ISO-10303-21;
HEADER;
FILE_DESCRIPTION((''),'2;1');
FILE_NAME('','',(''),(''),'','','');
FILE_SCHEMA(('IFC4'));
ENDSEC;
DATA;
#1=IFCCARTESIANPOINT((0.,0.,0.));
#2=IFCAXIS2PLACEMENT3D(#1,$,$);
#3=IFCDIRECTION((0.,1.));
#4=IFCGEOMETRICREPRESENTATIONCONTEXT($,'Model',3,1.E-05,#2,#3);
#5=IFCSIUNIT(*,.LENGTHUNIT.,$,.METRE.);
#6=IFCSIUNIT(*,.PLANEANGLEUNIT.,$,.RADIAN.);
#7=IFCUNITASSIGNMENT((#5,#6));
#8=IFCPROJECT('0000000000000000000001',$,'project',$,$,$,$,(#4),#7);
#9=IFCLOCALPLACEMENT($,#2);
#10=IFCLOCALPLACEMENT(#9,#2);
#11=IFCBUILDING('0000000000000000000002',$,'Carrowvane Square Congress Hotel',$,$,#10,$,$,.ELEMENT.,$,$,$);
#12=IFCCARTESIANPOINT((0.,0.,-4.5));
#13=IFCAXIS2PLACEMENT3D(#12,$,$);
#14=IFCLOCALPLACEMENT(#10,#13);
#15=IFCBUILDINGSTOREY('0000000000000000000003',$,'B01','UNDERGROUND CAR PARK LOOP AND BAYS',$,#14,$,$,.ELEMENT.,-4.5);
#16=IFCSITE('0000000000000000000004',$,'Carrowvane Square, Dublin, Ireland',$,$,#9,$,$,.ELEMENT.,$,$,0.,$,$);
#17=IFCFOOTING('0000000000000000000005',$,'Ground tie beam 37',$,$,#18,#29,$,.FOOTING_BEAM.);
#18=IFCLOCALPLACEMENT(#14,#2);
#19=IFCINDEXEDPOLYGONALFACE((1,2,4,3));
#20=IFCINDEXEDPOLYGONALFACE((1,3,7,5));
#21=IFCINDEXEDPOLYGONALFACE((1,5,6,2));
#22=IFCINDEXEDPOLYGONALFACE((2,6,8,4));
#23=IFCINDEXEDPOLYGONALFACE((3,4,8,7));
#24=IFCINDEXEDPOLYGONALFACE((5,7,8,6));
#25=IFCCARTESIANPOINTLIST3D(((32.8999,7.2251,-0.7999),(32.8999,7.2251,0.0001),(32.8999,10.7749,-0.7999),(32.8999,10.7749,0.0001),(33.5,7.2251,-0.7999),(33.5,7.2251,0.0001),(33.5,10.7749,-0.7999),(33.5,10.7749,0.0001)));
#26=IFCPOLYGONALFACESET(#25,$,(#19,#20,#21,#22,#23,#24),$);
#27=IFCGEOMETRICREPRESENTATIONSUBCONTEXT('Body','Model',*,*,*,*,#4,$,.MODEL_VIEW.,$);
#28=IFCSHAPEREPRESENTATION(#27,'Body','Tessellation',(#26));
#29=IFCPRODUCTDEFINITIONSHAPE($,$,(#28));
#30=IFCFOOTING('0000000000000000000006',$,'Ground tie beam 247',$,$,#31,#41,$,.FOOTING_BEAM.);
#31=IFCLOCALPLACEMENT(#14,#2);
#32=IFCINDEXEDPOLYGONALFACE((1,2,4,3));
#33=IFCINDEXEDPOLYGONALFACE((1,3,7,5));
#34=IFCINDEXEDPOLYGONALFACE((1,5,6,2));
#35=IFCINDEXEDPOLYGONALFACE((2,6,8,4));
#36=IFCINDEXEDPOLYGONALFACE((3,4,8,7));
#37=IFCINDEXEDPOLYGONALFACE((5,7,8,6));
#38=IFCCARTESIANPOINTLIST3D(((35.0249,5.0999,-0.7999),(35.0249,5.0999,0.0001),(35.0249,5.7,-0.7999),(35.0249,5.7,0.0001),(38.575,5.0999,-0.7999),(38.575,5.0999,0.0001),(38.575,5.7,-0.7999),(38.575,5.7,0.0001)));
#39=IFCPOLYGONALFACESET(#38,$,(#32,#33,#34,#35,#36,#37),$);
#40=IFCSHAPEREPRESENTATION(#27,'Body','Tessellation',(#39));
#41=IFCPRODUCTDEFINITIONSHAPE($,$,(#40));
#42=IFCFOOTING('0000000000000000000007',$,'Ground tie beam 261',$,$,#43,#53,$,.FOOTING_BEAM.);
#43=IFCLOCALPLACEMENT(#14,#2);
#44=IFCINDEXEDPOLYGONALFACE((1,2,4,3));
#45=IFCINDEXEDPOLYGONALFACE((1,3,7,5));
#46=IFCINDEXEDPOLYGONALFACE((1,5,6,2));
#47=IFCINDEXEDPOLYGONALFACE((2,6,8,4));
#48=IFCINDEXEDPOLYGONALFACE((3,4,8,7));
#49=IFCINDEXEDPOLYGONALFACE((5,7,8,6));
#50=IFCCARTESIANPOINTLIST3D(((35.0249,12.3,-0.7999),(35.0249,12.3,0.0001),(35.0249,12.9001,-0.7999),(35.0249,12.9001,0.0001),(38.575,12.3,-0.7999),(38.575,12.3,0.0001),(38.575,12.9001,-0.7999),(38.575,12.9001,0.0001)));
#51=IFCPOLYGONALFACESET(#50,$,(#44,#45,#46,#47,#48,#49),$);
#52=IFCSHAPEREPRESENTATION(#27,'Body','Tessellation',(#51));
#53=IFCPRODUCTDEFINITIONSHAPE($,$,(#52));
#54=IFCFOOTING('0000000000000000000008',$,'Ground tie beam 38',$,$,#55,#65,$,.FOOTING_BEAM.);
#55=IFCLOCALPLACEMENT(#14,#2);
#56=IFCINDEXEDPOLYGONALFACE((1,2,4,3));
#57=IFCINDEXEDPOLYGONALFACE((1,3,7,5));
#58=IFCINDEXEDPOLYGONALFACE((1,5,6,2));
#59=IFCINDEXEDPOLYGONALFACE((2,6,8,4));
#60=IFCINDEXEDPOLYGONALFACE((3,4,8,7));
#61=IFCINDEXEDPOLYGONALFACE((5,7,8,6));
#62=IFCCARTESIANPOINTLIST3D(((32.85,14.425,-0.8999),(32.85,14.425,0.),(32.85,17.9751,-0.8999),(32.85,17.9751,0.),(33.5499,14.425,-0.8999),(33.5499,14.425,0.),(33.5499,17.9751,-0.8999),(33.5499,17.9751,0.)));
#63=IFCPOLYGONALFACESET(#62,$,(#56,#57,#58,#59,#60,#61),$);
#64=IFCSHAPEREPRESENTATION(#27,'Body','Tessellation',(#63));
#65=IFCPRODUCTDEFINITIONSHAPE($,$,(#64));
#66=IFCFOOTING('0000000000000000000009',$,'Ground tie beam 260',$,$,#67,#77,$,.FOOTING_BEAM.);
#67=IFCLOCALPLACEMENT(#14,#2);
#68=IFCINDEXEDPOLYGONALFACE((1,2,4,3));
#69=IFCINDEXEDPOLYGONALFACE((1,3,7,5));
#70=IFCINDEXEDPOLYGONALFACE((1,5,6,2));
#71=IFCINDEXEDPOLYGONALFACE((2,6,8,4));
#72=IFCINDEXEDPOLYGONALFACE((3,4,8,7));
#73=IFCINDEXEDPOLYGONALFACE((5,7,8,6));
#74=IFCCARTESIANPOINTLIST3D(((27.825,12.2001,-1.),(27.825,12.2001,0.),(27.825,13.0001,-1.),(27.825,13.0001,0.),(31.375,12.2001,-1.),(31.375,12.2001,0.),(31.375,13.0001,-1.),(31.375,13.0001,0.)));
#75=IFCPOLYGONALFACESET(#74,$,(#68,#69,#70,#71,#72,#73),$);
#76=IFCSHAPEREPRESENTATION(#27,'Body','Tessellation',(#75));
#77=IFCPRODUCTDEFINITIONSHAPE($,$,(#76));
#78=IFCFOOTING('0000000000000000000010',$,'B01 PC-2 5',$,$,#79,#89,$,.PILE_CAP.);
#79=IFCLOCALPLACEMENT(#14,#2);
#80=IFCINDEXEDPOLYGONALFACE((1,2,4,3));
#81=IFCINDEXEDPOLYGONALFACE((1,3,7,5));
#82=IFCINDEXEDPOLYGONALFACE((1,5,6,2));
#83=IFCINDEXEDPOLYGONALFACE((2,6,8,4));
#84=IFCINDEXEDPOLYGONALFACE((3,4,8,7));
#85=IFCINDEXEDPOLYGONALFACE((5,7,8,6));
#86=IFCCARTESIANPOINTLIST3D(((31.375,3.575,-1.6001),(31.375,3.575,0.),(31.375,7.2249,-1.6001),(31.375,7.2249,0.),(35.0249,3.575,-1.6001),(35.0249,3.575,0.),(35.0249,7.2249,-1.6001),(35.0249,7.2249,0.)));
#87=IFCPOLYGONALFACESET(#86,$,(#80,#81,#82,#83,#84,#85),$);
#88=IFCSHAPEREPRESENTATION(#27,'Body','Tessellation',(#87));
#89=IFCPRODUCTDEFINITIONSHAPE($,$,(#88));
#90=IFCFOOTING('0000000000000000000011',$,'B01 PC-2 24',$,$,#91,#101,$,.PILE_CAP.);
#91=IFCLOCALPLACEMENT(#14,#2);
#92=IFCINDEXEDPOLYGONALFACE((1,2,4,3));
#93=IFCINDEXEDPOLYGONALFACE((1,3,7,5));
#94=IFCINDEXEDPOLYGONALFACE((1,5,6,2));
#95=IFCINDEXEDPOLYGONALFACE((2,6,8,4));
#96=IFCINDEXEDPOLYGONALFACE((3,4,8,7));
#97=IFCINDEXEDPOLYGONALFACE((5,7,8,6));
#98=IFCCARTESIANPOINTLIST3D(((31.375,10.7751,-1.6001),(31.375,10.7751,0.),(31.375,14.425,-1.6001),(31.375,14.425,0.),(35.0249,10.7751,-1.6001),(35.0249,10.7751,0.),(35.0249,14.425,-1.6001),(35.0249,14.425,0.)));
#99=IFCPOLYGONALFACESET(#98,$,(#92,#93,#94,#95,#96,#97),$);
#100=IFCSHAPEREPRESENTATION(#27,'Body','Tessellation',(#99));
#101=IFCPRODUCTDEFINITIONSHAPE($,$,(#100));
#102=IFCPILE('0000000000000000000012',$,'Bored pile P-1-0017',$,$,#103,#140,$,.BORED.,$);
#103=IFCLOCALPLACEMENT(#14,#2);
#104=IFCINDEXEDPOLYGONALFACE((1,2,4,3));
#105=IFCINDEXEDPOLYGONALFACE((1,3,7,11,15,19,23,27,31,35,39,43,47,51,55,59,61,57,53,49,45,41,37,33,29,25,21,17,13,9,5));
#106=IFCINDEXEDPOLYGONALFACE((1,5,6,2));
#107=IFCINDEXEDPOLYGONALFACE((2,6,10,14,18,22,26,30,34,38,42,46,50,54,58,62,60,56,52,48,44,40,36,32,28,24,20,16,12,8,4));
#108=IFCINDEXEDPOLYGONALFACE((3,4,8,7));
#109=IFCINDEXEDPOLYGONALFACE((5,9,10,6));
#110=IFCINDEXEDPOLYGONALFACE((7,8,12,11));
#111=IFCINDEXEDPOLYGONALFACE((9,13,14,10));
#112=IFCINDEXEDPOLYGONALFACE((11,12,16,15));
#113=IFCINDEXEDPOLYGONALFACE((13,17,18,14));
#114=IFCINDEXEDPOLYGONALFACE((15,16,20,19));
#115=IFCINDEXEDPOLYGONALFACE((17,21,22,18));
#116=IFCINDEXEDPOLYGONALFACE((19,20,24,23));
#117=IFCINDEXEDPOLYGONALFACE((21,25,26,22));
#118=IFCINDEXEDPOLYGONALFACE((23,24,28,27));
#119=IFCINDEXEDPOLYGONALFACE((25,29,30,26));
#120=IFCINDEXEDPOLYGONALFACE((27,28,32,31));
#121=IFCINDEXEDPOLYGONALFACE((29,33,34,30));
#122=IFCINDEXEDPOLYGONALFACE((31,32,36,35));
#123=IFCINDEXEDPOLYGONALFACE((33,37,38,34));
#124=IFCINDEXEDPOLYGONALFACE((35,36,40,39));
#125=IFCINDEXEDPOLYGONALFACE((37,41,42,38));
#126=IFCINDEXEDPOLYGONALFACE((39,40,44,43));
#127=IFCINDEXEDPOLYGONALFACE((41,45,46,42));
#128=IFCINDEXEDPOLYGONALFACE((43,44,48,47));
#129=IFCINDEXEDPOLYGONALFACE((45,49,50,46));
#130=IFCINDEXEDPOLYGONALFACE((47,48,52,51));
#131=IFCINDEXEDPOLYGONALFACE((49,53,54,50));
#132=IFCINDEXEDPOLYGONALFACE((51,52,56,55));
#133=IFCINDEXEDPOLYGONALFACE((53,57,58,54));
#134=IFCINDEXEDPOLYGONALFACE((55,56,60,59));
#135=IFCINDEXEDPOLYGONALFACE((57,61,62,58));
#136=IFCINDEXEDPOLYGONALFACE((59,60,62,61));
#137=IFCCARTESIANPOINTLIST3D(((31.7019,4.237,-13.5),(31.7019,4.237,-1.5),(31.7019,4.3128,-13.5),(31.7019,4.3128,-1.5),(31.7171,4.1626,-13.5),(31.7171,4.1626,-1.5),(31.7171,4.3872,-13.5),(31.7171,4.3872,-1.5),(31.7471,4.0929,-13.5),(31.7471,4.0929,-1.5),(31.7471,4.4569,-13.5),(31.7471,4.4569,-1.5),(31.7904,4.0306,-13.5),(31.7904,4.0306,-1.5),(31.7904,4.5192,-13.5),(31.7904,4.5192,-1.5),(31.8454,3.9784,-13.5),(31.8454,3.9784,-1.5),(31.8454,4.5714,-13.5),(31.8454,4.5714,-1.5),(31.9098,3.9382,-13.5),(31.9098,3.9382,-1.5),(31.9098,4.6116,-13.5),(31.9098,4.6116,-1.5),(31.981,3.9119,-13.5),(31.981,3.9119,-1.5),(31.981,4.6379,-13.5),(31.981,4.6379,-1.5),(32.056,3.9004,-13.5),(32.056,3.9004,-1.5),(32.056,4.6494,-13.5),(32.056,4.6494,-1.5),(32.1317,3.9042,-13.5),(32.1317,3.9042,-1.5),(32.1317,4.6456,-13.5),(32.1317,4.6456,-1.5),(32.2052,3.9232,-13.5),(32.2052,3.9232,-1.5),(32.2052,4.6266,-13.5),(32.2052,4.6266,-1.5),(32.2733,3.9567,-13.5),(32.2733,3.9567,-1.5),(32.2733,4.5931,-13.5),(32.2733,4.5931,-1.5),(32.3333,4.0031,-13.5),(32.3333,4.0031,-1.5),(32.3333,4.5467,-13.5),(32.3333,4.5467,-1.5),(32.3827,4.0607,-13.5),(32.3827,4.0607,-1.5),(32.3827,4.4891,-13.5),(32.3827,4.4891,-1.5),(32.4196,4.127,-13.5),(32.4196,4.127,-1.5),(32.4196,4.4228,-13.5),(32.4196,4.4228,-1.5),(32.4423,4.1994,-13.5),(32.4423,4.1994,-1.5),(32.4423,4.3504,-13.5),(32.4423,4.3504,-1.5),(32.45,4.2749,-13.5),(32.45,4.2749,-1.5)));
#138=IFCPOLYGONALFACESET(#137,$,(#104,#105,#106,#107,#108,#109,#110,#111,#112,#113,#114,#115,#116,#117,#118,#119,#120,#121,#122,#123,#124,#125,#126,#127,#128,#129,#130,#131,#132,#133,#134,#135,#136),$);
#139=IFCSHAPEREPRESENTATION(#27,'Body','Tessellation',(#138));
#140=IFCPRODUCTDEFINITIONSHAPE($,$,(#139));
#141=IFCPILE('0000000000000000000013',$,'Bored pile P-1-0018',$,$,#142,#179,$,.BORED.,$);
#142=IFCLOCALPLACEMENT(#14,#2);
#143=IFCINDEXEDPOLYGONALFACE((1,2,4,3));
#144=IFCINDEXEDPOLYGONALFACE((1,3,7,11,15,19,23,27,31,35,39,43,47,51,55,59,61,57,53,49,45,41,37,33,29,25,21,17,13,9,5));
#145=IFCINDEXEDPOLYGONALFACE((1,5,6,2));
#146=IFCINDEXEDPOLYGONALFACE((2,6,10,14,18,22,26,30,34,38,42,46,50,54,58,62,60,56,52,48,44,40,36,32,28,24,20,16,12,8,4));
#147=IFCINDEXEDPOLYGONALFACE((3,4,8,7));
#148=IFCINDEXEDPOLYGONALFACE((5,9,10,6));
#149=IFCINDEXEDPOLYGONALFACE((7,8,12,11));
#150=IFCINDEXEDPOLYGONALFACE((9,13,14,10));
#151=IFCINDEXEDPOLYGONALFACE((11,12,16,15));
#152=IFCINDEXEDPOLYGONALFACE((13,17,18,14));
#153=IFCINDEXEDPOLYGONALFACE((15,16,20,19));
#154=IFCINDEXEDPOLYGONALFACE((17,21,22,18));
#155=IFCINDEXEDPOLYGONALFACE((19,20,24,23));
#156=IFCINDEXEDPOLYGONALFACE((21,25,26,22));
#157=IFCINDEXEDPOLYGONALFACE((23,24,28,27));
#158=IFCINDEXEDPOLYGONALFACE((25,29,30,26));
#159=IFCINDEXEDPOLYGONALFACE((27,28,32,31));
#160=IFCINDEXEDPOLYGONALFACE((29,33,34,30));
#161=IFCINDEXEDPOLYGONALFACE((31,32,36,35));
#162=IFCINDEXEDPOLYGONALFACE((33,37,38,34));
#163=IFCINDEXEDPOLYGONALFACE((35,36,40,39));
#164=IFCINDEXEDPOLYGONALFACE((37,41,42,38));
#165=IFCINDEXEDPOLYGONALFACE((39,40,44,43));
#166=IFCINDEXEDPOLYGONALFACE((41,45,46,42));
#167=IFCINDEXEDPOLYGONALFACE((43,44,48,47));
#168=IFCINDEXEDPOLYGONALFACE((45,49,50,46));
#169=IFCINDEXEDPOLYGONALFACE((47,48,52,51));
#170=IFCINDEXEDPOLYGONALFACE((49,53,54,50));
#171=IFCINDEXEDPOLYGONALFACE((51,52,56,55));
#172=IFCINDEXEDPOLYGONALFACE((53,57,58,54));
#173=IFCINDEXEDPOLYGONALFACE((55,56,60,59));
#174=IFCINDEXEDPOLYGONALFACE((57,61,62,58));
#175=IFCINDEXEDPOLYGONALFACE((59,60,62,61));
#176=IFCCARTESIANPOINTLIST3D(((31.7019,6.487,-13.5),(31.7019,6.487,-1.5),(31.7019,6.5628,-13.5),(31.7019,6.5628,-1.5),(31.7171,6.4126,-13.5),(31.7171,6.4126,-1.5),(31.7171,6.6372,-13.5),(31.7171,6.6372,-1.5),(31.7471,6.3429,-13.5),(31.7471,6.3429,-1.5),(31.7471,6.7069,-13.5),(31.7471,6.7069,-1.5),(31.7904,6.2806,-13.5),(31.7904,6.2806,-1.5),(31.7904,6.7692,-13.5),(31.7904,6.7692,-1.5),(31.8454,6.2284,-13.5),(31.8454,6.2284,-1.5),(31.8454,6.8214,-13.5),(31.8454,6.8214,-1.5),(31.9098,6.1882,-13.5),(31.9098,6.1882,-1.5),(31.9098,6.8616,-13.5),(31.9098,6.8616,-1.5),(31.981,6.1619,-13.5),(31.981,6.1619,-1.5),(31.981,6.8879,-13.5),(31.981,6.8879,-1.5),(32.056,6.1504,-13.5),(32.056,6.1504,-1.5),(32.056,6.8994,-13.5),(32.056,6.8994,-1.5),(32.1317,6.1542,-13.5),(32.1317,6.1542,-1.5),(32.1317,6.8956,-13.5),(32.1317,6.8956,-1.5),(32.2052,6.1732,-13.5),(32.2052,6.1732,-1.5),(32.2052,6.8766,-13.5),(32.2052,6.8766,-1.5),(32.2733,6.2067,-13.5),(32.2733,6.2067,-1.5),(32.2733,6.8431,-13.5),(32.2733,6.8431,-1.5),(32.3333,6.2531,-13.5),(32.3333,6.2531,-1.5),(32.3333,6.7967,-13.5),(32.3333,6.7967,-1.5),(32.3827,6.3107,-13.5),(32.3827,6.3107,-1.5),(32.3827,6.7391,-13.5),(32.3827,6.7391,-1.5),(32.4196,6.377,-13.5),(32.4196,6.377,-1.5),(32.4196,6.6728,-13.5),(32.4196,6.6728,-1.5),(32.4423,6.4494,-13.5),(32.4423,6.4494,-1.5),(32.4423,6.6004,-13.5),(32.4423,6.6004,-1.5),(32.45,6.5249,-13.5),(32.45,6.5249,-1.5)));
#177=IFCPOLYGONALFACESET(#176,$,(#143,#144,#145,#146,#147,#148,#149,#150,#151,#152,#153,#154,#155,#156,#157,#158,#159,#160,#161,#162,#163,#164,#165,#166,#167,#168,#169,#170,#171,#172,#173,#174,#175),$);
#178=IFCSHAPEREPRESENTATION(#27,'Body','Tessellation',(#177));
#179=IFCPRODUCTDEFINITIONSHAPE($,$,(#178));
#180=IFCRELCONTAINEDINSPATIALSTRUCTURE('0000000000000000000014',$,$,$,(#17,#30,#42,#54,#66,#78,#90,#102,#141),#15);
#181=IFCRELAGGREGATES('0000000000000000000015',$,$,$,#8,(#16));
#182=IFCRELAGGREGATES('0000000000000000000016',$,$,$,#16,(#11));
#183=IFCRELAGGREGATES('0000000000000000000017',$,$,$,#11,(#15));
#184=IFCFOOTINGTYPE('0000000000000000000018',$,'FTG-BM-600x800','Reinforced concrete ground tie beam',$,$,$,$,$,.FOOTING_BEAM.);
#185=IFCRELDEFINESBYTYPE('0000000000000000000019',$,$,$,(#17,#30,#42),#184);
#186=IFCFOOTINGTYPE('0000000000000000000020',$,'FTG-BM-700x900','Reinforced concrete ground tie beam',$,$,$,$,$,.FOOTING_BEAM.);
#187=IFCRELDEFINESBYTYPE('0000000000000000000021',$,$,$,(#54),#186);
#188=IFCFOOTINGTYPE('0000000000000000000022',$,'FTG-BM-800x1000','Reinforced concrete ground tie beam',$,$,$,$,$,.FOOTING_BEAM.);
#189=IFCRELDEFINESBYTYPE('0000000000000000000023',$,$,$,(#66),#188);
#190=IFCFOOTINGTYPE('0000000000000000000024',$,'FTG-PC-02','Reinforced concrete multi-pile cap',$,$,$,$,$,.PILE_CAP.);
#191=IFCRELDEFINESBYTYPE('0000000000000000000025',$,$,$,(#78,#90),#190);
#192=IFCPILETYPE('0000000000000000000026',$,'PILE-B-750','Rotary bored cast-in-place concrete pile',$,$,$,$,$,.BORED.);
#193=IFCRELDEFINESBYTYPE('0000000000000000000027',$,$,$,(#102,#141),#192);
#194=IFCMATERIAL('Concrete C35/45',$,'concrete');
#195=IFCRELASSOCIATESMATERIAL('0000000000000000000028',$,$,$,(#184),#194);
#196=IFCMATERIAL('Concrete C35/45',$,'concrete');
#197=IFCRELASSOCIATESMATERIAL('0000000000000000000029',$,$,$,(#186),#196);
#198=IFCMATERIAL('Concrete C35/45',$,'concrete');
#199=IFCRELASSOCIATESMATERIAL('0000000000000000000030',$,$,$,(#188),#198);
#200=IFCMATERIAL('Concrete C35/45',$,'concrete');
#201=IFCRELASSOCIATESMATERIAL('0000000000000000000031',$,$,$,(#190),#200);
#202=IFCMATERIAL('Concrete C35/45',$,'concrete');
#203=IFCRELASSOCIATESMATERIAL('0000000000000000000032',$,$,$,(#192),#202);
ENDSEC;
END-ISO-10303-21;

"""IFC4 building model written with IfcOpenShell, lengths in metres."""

from ifc_helpers import new_model, si_unit, direction, frame, origin, origin_2d, place, context, subcontext, project, spatial, rectangle, circle, extrude, material, material_profile, profile_set, type_object, element, save


model = new_model("IFC4")

# Units and contexts
model_context = context("Model", 3, precision=1e-05, world=origin(), true_north=direction((0.0, 1.0)))
body_context = subcontext(model_context, "Body", "Model", "MODEL_VIEW")
ifc_project = project(units=[si_unit("LENGTHUNIT", "METRE"), si_unit("PLANEANGLEUNIT", "RADIAN")], contexts=[model_context])

# Site, building, storey
site_placement = place(None, origin())
site = spatial("IfcSite", under=ifc_project, at=site_placement, Name="Carrowvane Square, Dublin, Ireland", CompositionType="ELEMENT", RefElevation=0.0)
building_placement = place(site_placement, origin())
building = spatial("IfcBuilding", under=site, at=building_placement, Name="Carrowvane Square Congress Hotel", CompositionType="ELEMENT")
storey_placement = place(building_placement, frame((0.0, 0.0, -4.5)))
storey = spatial("IfcBuildingStorey", under=building, at=storey_placement, Name="B01", Description="UNDERGROUND CAR PARK LOOP AND BAYS", CompositionType="ELEMENT", Elevation=-4.5)

# Footings
ifc_material_1 = material(Name="Concrete C35/45", Category="concrete")
ifc_material_profile_1 = material_profile(ifc_material_1, rectangle(XDim=0.6001, YDim=0.8, at=origin_2d()), Name="RC 600x800")
ifc_profile_set_1 = profile_set([ifc_material_profile_1], Name="Concrete C35/45")
footing_type_1 = type_object("IfcFootingType", Name="FTG-BM-600x800", Description="Reinforced concrete ground tie beam", PredefinedType="FOOTING_BEAM", material=ifc_profile_set_1)
footing_1_placement = place(storey_placement, frame((33.2, 7.2251, -0.3999), z_axis=(0.0, 1.0, 0.0), x_axis=(-1.0, 0.0, 0.0)))
element("IfcFooting", 1, at=footing_1_placement, inside=storey, type_object=footing_type_1, Name="Ground tie beam 37", PredefinedType="FOOTING_BEAM", context=body_context, shape_type="SweptSolid", body=[
    extrude(rectangle(XDim=0.6001, YDim=0.8, at=origin_2d()), origin(), (0.0, 0.0, 1.0), 3.5498),
])
for number, where, z_axis, x_axis, name in (
    (2, (35.0249, 5.3999, -0.3999), (1.0, 0.0, 0.0), (0.0, 1.0, 0.0), "Ground tie beam 247"),
    (3, (35.0249, 12.6001, -0.3999), (1.0, 0.0, 0.0), (0.0, 1.0, 0.0), "Ground tie beam 261"),
):
    element("IfcFooting", number, at=place(storey_placement, frame(where, z_axis=z_axis, x_axis=x_axis)), inside=storey, type_object=footing_type_1, Name=name, PredefinedType="FOOTING_BEAM", context=body_context, shape_type="SweptSolid", body=[
        extrude(rectangle(XDim=0.6001, YDim=0.8, at=origin_2d()), origin(), (0.0, 0.0, 1.0), 3.55),
    ])
ifc_material_2 = material(Name="Concrete C35/45", Category="concrete")
ifc_material_profile_2 = material_profile(ifc_material_2, rectangle(XDim=0.7, YDim=0.8999, at=origin_2d()), Name="RC 700x900")
ifc_profile_set_2 = profile_set([ifc_material_profile_2], Name="Concrete C35/45")
footing_type_2 = type_object("IfcFootingType", Name="FTG-BM-700x900", Description="Reinforced concrete ground tie beam", PredefinedType="FOOTING_BEAM", material=ifc_profile_set_2)
footing_2_placement = place(storey_placement, frame((33.2, 14.425, -0.45), z_axis=(0.0, 1.0, 0.0), x_axis=(-1.0, 0.0, 0.0)))
element("IfcFooting", 4, at=footing_2_placement, inside=storey, type_object=footing_type_2, Name="Ground tie beam 38", PredefinedType="FOOTING_BEAM", context=body_context, shape_type="SweptSolid", body=[
    extrude(rectangle(XDim=0.7, YDim=0.8999, at=origin_2d()), origin(), (0.0, 0.0, 1.0), 3.55),
])
ifc_material_3 = material(Name="Concrete C35/45", Category="concrete")
ifc_material_profile_3 = material_profile(ifc_material_3, rectangle(XDim=0.8, YDim=1.0, at=origin_2d()), Name="RC 800x1000")
ifc_profile_set_3 = profile_set([ifc_material_profile_3], Name="Concrete C35/45")
footing_type_3 = type_object("IfcFootingType", Name="FTG-BM-800x1000", Description="Reinforced concrete ground tie beam", PredefinedType="FOOTING_BEAM", material=ifc_profile_set_3)
footing_3_placement = place(storey_placement, frame((27.825, 12.6001, -0.5), z_axis=(1.0, 0.0, 0.0), x_axis=(0.0, 1.0, 0.0)))
element("IfcFooting", 5, at=footing_3_placement, inside=storey, type_object=footing_type_3, Name="Ground tie beam 260", PredefinedType="FOOTING_BEAM", context=body_context, shape_type="SweptSolid", body=[
    extrude(rectangle(XDim=0.8, YDim=1.0, at=origin_2d()), origin(), (0.0, 0.0, 1.0), 3.55),
])
ifc_material_4 = material(Name="Concrete C35/45", Category="concrete")
footing_type_4 = type_object("IfcFootingType", Name="FTG-PC-02", Description="Reinforced concrete multi-pile cap", PredefinedType="PILE_CAP", material=ifc_material_4)
for number, where, z_axis, x_axis, name in (
    (6, (33.2, 5.3999, -1.6001), (0.0, 0.0, 1.0), (1.0, 0.0, 0.0), "B01 PC-2 5"),
    (7, (33.2, 12.6001, -1.6001), (0.0, 0.0, 1.0), (1.0, 0.0, 0.0), "B01 PC-2 24"),
):
    element("IfcFooting", number, at=place(storey_placement, frame(where, z_axis=z_axis, x_axis=x_axis)), inside=storey, type_object=footing_type_4, Name=name, PredefinedType="PILE_CAP", context=body_context, shape_type="SweptSolid", body=[
        extrude(rectangle(XDim=3.6499, YDim=3.6499, at=origin_2d()), origin(), (0.0, 0.0, 1.0), 1.6001),
    ])

# Piles
ifc_material_5 = material(Name="Concrete C35/45", Category="concrete")
ifc_material_profile_4 = material_profile(ifc_material_5, circle(Radius=0.375, at=origin_2d()), Name="PILE D750")
ifc_profile_set_4 = profile_set([ifc_material_profile_4], Name="Concrete C35/45")
pile_type = type_object("IfcPileType", Name="PILE-B-750", Description="Rotary bored cast-in-place concrete pile", PredefinedType="BORED", material=ifc_profile_set_4)
for number, where, z_axis, x_axis, name in (
    (8, (32.075, 4.2749, -1.5), (0.0, 0.0, -1.0), (1.0, 0.0, 0.0), "Bored pile P-1-0017"),
    (9, (32.075, 6.5249, -1.5), (0.0, 0.0, -1.0), (1.0, 0.0, 0.0), "Bored pile P-1-0018"),
):
    element("IfcPile", number, at=place(storey_placement, frame(where, z_axis=z_axis, x_axis=x_axis)), inside=storey, type_object=pile_type, Name=name, PredefinedType="BORED", context=body_context, shape_type="SweptSolid", body=[
        extrude(circle(Radius=0.375, at=origin_2d()), origin(), (0.0, 0.0, 1.0), 12.0),
    ])

save(model, "model.ifc")
